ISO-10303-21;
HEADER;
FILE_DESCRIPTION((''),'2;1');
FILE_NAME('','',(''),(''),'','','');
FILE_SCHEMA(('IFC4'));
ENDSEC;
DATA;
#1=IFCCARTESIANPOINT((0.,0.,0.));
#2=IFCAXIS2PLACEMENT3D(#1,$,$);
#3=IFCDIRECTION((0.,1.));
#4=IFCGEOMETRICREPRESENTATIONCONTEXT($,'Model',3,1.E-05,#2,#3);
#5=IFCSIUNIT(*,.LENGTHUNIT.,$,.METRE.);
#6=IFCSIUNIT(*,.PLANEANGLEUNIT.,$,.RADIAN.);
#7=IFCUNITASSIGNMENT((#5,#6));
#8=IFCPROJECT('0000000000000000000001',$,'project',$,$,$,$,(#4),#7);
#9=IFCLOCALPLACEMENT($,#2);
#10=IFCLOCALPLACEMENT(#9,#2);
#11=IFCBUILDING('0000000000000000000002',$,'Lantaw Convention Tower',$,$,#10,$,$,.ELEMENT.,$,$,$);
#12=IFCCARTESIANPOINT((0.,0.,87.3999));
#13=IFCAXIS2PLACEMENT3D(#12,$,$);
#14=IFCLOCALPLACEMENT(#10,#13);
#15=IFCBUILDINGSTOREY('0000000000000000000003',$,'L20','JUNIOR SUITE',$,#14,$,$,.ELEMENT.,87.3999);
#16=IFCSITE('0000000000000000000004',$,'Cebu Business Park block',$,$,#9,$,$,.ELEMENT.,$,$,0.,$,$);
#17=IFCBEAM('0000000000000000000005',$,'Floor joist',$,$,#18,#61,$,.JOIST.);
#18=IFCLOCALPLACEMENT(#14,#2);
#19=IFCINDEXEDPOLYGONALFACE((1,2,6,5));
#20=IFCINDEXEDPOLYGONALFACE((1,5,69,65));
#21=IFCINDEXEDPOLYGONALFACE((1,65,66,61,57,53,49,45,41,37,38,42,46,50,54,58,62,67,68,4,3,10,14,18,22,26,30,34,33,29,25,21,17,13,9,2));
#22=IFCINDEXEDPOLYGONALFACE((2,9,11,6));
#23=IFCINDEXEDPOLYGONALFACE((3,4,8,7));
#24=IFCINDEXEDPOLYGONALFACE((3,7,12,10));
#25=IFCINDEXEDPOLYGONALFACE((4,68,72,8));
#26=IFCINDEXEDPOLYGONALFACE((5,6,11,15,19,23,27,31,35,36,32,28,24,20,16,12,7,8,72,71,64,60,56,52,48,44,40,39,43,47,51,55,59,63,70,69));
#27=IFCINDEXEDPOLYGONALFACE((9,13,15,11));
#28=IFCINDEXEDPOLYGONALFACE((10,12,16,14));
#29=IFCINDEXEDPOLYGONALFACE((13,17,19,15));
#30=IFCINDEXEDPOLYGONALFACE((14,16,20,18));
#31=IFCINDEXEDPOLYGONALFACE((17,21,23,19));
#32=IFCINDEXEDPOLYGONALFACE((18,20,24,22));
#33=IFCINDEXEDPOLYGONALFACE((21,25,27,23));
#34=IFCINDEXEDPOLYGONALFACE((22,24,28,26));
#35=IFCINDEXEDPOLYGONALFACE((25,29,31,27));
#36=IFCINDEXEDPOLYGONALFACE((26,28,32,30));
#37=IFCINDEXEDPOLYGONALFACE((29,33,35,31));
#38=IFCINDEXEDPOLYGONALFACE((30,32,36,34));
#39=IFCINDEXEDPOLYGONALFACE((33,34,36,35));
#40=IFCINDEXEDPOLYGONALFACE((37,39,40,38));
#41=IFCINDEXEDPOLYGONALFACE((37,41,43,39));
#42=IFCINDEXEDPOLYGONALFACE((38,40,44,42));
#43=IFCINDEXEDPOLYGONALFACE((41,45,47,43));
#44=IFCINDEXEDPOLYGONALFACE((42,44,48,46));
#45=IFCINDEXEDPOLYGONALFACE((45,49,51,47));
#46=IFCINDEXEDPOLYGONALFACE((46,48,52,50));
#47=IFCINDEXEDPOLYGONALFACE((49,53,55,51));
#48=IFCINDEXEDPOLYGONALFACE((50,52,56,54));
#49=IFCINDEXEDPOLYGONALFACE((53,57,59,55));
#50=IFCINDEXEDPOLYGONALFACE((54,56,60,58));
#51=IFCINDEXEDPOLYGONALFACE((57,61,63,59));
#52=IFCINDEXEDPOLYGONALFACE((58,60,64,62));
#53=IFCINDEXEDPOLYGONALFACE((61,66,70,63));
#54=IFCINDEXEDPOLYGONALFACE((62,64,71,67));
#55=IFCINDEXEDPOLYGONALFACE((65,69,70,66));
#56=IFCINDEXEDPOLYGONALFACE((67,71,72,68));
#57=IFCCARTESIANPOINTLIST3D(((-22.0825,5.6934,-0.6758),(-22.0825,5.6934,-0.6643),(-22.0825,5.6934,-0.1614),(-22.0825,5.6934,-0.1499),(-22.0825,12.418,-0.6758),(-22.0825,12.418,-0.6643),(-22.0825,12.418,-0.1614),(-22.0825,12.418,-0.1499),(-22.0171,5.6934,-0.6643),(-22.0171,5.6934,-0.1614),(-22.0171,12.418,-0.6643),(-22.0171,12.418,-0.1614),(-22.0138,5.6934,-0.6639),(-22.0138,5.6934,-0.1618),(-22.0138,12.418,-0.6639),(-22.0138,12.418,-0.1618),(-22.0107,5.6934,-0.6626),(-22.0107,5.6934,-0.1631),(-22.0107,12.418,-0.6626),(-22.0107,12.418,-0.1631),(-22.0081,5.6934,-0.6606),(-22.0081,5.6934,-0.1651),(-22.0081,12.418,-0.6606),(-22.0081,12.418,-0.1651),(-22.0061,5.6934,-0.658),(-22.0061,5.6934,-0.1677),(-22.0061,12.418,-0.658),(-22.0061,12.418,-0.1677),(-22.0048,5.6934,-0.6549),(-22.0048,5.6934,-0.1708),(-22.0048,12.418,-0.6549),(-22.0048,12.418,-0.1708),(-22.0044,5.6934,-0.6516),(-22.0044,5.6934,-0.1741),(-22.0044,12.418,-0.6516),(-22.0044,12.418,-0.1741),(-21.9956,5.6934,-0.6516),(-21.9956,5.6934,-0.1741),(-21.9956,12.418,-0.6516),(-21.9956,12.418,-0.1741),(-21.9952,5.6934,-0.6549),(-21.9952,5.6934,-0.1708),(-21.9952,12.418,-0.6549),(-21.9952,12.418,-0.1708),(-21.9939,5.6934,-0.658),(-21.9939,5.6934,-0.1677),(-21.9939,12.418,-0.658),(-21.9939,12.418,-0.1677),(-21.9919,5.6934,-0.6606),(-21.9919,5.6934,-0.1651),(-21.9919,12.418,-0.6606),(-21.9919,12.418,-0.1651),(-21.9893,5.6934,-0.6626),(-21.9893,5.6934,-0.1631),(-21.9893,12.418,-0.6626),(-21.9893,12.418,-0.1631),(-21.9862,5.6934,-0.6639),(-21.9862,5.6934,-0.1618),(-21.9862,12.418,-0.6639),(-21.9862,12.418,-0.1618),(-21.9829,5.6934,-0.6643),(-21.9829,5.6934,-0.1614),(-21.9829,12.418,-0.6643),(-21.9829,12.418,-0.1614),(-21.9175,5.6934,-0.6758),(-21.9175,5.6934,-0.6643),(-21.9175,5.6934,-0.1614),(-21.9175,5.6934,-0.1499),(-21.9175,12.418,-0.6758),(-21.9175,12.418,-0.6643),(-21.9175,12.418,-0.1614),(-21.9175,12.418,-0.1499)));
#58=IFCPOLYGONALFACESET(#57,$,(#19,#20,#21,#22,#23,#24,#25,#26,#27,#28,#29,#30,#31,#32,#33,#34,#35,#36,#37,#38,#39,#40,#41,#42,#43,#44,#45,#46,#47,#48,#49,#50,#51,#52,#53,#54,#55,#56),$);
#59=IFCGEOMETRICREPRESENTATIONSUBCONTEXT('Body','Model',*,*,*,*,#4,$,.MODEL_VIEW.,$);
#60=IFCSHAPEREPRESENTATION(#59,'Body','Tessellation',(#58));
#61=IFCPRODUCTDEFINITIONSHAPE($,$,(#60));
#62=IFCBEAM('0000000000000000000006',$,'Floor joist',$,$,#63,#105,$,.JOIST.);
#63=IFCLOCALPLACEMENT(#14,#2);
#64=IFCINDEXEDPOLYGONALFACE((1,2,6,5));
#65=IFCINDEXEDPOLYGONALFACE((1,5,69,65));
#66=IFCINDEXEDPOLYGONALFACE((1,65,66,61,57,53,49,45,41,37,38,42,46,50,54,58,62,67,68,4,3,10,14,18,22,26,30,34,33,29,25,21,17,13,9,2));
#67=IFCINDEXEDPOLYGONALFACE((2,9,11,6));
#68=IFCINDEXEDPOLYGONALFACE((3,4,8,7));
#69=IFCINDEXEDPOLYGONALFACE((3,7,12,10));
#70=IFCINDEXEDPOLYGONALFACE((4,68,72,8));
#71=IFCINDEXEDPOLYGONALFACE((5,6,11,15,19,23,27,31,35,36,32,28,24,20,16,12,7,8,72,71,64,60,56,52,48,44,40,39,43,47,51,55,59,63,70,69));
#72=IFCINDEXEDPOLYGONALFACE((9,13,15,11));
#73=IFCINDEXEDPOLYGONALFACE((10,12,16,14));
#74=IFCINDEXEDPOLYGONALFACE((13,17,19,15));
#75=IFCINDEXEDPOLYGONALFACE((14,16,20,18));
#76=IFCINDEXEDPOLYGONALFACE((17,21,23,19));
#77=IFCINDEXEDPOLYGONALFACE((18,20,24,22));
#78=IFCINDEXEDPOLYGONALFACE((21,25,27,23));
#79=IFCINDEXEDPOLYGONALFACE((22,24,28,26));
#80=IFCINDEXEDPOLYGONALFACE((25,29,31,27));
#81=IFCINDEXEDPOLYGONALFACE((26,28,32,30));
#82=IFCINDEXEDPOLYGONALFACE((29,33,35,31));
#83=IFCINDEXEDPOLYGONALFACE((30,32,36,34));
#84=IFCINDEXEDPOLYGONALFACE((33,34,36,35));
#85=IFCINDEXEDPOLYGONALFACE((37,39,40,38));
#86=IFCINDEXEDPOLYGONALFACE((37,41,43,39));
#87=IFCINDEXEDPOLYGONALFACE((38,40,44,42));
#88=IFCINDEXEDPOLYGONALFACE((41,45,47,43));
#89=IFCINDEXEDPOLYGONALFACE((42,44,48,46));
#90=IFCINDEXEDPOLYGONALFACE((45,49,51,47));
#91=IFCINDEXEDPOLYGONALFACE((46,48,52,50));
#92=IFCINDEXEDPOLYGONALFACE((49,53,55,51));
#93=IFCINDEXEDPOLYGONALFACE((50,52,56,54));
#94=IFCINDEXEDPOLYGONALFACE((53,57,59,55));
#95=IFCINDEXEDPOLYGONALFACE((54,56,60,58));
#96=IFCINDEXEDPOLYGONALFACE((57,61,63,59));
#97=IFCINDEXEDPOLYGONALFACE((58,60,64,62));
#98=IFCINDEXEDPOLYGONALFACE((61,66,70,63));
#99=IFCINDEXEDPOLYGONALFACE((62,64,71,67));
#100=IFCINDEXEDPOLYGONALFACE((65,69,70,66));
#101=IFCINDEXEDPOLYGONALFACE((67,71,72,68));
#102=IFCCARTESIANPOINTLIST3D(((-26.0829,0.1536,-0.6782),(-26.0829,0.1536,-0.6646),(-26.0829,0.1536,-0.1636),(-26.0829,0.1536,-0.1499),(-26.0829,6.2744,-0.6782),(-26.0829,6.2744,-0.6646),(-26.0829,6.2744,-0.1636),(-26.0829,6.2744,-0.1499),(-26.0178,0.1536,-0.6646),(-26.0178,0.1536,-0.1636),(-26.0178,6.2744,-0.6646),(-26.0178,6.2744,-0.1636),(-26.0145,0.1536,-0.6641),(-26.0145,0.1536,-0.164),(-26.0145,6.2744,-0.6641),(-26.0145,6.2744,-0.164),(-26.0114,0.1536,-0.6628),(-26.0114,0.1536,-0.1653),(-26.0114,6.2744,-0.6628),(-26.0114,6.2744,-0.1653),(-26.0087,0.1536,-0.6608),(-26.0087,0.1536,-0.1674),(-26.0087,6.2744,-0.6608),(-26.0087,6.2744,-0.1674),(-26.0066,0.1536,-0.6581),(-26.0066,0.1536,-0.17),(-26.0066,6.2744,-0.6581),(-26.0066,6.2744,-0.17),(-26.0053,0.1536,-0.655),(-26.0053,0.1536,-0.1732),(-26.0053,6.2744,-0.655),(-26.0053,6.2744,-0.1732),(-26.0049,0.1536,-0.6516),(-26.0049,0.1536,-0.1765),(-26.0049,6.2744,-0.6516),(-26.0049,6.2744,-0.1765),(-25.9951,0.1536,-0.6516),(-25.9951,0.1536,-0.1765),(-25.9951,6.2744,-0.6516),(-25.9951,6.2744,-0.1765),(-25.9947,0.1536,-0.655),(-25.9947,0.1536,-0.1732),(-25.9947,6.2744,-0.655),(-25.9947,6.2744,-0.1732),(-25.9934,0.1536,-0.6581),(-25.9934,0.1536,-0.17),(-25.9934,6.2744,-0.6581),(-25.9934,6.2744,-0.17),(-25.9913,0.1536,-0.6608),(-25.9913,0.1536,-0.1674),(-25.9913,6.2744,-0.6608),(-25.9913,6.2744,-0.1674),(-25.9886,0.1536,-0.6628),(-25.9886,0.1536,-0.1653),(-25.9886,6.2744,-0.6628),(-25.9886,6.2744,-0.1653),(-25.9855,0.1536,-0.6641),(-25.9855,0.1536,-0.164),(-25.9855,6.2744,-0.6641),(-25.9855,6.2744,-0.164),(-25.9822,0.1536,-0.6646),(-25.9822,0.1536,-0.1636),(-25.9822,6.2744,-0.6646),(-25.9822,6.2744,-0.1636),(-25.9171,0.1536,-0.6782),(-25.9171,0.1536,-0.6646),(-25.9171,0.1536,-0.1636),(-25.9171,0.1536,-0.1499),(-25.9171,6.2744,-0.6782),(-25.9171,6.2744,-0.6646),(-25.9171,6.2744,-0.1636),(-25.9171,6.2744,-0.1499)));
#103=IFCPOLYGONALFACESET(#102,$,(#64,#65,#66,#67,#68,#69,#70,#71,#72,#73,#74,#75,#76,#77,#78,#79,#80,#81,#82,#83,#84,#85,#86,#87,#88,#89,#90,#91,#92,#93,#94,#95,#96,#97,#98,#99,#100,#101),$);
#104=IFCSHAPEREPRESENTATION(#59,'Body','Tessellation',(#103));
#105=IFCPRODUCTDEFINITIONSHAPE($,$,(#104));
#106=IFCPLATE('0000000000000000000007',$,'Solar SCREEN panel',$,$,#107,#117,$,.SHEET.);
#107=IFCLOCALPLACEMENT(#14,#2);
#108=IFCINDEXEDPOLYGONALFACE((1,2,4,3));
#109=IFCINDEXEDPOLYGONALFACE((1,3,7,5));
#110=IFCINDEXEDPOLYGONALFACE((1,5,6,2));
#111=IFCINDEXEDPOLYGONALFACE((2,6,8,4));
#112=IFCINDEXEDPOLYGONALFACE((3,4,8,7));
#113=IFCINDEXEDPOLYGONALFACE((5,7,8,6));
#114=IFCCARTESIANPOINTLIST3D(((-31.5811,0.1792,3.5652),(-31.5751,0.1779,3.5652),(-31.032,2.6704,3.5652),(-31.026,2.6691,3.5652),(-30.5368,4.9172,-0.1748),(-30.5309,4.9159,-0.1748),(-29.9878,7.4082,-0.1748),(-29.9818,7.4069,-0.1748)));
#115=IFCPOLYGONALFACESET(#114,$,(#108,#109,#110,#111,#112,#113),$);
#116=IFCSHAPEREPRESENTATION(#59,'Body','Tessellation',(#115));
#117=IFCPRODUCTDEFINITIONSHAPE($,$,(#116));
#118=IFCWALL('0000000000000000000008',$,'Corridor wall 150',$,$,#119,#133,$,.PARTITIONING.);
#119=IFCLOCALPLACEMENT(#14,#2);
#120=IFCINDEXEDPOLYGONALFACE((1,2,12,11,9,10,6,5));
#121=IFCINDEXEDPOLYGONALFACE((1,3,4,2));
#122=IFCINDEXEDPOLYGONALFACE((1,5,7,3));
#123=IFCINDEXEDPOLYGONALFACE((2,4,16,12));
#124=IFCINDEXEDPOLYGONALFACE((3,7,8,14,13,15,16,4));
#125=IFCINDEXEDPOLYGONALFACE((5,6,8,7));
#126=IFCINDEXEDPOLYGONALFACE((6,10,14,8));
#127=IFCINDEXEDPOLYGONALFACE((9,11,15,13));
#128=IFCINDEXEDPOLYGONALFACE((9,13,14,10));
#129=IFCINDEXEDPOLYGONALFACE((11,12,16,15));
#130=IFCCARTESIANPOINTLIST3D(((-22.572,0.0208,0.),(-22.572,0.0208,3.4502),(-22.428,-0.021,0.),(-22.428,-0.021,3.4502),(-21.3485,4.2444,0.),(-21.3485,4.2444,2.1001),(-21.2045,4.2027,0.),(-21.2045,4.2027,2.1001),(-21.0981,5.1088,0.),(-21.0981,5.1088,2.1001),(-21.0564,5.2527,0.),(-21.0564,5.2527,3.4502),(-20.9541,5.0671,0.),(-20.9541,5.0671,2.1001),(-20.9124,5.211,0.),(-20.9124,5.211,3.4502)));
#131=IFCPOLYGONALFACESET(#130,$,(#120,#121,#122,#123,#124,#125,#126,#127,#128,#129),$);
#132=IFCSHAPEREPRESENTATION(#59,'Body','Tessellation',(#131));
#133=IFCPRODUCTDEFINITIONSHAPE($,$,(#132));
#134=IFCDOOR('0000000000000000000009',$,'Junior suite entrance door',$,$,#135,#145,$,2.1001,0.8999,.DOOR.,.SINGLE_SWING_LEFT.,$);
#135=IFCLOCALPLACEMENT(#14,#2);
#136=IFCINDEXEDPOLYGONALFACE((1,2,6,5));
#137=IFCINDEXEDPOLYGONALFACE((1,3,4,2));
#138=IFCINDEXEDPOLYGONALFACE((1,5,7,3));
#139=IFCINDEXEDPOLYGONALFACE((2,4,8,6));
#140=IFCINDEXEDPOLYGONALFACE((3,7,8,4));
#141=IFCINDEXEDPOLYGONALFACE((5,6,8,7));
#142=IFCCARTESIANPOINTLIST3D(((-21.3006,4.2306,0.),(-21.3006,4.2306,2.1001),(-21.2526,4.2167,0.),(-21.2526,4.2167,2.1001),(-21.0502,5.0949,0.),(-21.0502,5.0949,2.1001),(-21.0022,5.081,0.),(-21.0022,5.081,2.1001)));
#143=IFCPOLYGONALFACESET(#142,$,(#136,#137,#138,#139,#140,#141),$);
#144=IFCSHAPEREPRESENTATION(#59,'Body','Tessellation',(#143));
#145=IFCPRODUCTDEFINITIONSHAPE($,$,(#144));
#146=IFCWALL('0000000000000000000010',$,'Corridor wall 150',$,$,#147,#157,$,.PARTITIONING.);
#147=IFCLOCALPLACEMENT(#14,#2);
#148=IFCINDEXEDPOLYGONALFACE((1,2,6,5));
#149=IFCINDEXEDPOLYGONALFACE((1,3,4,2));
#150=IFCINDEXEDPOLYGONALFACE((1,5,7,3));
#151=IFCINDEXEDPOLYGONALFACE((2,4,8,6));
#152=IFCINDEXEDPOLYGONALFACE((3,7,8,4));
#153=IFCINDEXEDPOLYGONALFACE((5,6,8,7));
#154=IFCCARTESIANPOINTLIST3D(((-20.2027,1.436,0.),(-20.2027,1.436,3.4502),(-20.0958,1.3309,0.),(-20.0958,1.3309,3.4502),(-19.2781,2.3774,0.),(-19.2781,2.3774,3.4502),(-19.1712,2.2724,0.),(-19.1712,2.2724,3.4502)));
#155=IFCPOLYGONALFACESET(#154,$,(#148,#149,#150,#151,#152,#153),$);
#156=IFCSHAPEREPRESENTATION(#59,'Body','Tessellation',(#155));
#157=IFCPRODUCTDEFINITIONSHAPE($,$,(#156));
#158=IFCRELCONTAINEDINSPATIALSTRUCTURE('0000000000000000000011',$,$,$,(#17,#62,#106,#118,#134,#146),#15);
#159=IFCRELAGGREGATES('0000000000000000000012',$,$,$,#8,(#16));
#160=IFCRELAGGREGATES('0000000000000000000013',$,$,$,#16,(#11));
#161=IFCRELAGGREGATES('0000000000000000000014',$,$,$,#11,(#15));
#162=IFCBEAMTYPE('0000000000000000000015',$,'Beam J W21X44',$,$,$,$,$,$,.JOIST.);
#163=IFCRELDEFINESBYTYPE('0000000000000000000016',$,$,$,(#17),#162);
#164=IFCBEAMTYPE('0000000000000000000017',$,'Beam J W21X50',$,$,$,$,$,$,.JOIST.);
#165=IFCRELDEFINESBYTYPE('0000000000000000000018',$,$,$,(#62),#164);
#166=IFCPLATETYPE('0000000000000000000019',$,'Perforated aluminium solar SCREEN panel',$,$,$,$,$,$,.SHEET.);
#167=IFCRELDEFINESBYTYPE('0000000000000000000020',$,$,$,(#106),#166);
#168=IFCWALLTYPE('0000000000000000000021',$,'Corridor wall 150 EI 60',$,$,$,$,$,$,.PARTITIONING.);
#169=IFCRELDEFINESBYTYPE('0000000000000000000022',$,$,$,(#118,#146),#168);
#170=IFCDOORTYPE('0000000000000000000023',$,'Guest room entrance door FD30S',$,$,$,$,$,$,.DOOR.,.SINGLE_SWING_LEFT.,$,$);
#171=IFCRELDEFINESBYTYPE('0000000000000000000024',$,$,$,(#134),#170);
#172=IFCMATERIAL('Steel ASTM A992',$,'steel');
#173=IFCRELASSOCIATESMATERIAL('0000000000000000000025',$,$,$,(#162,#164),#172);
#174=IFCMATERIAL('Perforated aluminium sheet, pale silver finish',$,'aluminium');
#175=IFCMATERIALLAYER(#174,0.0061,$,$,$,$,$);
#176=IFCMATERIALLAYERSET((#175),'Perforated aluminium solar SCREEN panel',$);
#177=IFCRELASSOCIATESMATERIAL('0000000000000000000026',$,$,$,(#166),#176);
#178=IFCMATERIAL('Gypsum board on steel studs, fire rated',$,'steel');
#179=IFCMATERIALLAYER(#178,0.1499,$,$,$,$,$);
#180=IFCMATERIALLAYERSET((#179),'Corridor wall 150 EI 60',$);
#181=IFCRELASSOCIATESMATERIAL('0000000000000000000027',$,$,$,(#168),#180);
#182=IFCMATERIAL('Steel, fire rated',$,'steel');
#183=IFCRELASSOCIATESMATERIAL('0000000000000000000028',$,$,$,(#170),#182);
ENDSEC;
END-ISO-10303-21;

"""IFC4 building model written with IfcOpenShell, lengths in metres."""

from ifc_helpers import new_model, si_unit, direction, frame, frame_2d, origin, origin_2d, place, context, subcontext, project, spatial, polyline, rectangle, i_section, outline, extrude, material, layer, layer_set, material_profile, profile_set, type_object, element, fill, save


model = new_model("IFC4")

# Units and contexts
model_context = context("Model", 3, precision=1e-05, world=origin(), true_north=direction((0.0, 1.0)))
body_context = subcontext(model_context, "Body", "Model", "MODEL_VIEW")
ifc_project = project(units=[si_unit("LENGTHUNIT", "METRE"), si_unit("PLANEANGLEUNIT", "RADIAN")], contexts=[model_context])

# Site, building, storey
site_placement = place(None, origin())
site = spatial("IfcSite", under=ifc_project, at=site_placement, Name="Cebu Business Park block", CompositionType="ELEMENT", RefElevation=0.0)
building_placement = place(site_placement, origin())
building = spatial("IfcBuilding", under=site, at=building_placement, Name="Lantaw Convention Tower", CompositionType="ELEMENT")
storey_placement = place(building_placement, frame((0.0, 0.0, 87.3999)))
storey = spatial("IfcBuildingStorey", under=building, at=storey_placement, Name="L20", Description="JUNIOR SUITE", CompositionType="ELEMENT", Elevation=87.3999)

# Beams
ifc_material_1 = material(Name="Steel ASTM A992", Category="steel")
ifc_material_profile_1 = material_profile(ifc_material_1, i_section(OverallWidth=0.165, OverallDepth=0.5259, WebThickness=0.0088, FlangeThickness=0.0115, FilletRadius=0.0127, at=origin_2d()), Name="W21X44")
ifc_profile_set_1 = profile_set([ifc_material_profile_1], Name="Steel ASTM A992")
beam_type_1 = type_object("IfcBeamType", Name="Beam J W21X44", PredefinedType="JOIST", material=ifc_profile_set_1)
beam_1_placement = place(storey_placement, frame((-22.0, 5.6934, -0.4128), z_axis=(0.0, 1.0, 0.0), x_axis=(-1.0, 0.0, 0.0)))
element("IfcBeam", 1, at=beam_1_placement, inside=storey, type_object=beam_type_1, Name="Floor joist", PredefinedType="JOIST", context=body_context, shape_type="SweptSolid", body=[
    extrude(i_section(OverallWidth=0.165, OverallDepth=0.5259, WebThickness=0.0088, FlangeThickness=0.0115, FilletRadius=0.0127, at=origin_2d()), origin(), (0.0, 0.0, 1.0), 6.7246),
])
ifc_material_profile_2 = material_profile(ifc_material_1, i_section(OverallWidth=0.1658, OverallDepth=0.5283, WebThickness=0.0098, FlangeThickness=0.0137, FilletRadius=0.0129, at=origin_2d()), Name="W21X50")
ifc_profile_set_2 = profile_set([ifc_material_profile_2], Name="Steel ASTM A992")
beam_type_2 = type_object("IfcBeamType", Name="Beam J W21X50", PredefinedType="JOIST", material=ifc_profile_set_2)
beam_2_placement = place(storey_placement, frame((-26.0, 0.1536, -0.4141), z_axis=(0.0, 1.0, 0.0), x_axis=(-1.0, 0.0, 0.0)))
element("IfcBeam", 2, at=beam_2_placement, inside=storey, type_object=beam_type_2, Name="Floor joist", PredefinedType="JOIST", context=body_context, shape_type="SweptSolid", body=[
    extrude(i_section(OverallWidth=0.1658, OverallDepth=0.5283, WebThickness=0.0098, FlangeThickness=0.0137, FilletRadius=0.0129, at=origin_2d()), origin(), (0.0, 0.0, 1.0), 6.1208),
])

# Plate
ifc_material_2 = material(Name="Perforated aluminium sheet, pale silver finish", Category="aluminium")
ifc_layer_1 = layer(ifc_material_2, 0.0061)
ifc_layer_set_1 = layer_set([ifc_layer_1], Name="Perforated aluminium solar SCREEN panel")
plate_type = type_object("IfcPlateType", Name="Perforated aluminium solar SCREEN panel", PredefinedType="SHEET", material=ifc_layer_set_1)
plate_placement = place(storey_placement, frame((-29.9878, 7.4082, -0.1748), z_axis=(-0.976559, 0.215248, 0.00003), x_axis=(-0.215248, -0.976559, 0.0)))
element("IfcPlate", 3, at=plate_placement, inside=storey, type_object=plate_type, Name="Solar SCREEN panel", PredefinedType="SHEET", context=body_context, shape_type="SweptSolid", body=[
    extrude(outline(polyline([(0.0, 0.0), (2.5508, 0.0), (7.4025, 3.74), (4.8515, 3.74), (0.0, 0.0)])), origin(), (0.0, 0.0, -1.0), 0.0061),
])

# Wall, opening, door
ifc_material_3 = material(Name="Gypsum board on steel studs, fire rated", Category="steel")
ifc_layer_2 = layer(ifc_material_3, 0.1499)
ifc_layer_set_2 = layer_set([ifc_layer_2], Name="Corridor wall 150 EI 60")
wall_type_1 = type_object("IfcWallType", Name="Corridor wall 150 EI 60", PredefinedType="PARTITIONING", material=ifc_layer_set_2)
wall_1_placement = place(storey_placement, frame((-20.9844, 5.2319, 0.0), z_axis=(0.0, 0.0, 1.0), x_axis=(-0.278247, -0.960509, 0.0)))
wall_1 = element("IfcWall", 4, at=wall_1_placement, inside=storey, type_object=wall_type_1, Name="Corridor wall 150", PredefinedType="PARTITIONING", context=body_context, shape_type="SweptSolid", body=[
    extrude(rectangle(XDim=5.447, YDim=0.1499, at=frame_2d((2.7236, 0.0))), origin(), (0.0, 0.0, 1.0), 3.4502),
])
opening_1_placement = place(wall_1_placement, frame((0.1499, 0.0, 0.0)))
opening_1 = element("IfcOpeningElement", 5, at=opening_1_placement, cuts=wall_1, PredefinedType="OPENING", context=body_context, shape_type="SweptSolid", body=[
    extrude(rectangle(XDim=0.8999, YDim=2.1001, at=frame_2d((0.45, 1.05))), frame((0.0, 0.085, 0.0), z_axis=(0.0, -1.0, 0.0), x_axis=(1.0, 0.0, 0.0)), (0.0, 0.0, 1.0), 0.1699),
])
ifc_material_4 = material(Name="Steel, fire rated", Category="steel")
door_type = type_object("IfcDoorType", Name="Guest room entrance door FD30S", OperationType="SINGLE_SWING_LEFT", PredefinedType="DOOR", material=ifc_material_4)
door_placement = place(opening_1_placement, origin())
door = element("IfcDoor", 6, at=door_placement, inside=storey, type_object=door_type, Name="Junior suite entrance door", OperationType="SINGLE_SWING_LEFT", OverallHeight=2.1001, OverallWidth=0.8999, PredefinedType="DOOR", context=body_context, shape_type="SweptSolid", body=[
    extrude(rectangle(XDim=0.8999, YDim=2.1001, at=frame_2d((0.45, 1.05))), frame((0.0, 0.0249, 0.0), z_axis=(0.0, -1.0, 0.0), x_axis=(1.0, 0.0, 0.0)), (0.0, 0.0, 1.0), 0.05),
])
fill(opening_1, door)

# Wall
wall_2_placement = place(storey_placement, frame((-20.1492, 1.3835, 0.0), z_axis=(0.0, 0.0, 1.0), x_axis=(0.700695, 0.713461, 0.0)))
element("IfcWall", 7, at=wall_2_placement, inside=storey, type_object=wall_type_1, Name="Corridor wall 150", PredefinedType="PARTITIONING", context=body_context, shape_type="SweptSolid", body=[
    extrude(rectangle(XDim=1.3196, YDim=0.1499, at=frame_2d((0.6597, 0.0))), origin(), (0.0, 0.0, 1.0), 3.4502),
])

save(model, "model.ifc")
